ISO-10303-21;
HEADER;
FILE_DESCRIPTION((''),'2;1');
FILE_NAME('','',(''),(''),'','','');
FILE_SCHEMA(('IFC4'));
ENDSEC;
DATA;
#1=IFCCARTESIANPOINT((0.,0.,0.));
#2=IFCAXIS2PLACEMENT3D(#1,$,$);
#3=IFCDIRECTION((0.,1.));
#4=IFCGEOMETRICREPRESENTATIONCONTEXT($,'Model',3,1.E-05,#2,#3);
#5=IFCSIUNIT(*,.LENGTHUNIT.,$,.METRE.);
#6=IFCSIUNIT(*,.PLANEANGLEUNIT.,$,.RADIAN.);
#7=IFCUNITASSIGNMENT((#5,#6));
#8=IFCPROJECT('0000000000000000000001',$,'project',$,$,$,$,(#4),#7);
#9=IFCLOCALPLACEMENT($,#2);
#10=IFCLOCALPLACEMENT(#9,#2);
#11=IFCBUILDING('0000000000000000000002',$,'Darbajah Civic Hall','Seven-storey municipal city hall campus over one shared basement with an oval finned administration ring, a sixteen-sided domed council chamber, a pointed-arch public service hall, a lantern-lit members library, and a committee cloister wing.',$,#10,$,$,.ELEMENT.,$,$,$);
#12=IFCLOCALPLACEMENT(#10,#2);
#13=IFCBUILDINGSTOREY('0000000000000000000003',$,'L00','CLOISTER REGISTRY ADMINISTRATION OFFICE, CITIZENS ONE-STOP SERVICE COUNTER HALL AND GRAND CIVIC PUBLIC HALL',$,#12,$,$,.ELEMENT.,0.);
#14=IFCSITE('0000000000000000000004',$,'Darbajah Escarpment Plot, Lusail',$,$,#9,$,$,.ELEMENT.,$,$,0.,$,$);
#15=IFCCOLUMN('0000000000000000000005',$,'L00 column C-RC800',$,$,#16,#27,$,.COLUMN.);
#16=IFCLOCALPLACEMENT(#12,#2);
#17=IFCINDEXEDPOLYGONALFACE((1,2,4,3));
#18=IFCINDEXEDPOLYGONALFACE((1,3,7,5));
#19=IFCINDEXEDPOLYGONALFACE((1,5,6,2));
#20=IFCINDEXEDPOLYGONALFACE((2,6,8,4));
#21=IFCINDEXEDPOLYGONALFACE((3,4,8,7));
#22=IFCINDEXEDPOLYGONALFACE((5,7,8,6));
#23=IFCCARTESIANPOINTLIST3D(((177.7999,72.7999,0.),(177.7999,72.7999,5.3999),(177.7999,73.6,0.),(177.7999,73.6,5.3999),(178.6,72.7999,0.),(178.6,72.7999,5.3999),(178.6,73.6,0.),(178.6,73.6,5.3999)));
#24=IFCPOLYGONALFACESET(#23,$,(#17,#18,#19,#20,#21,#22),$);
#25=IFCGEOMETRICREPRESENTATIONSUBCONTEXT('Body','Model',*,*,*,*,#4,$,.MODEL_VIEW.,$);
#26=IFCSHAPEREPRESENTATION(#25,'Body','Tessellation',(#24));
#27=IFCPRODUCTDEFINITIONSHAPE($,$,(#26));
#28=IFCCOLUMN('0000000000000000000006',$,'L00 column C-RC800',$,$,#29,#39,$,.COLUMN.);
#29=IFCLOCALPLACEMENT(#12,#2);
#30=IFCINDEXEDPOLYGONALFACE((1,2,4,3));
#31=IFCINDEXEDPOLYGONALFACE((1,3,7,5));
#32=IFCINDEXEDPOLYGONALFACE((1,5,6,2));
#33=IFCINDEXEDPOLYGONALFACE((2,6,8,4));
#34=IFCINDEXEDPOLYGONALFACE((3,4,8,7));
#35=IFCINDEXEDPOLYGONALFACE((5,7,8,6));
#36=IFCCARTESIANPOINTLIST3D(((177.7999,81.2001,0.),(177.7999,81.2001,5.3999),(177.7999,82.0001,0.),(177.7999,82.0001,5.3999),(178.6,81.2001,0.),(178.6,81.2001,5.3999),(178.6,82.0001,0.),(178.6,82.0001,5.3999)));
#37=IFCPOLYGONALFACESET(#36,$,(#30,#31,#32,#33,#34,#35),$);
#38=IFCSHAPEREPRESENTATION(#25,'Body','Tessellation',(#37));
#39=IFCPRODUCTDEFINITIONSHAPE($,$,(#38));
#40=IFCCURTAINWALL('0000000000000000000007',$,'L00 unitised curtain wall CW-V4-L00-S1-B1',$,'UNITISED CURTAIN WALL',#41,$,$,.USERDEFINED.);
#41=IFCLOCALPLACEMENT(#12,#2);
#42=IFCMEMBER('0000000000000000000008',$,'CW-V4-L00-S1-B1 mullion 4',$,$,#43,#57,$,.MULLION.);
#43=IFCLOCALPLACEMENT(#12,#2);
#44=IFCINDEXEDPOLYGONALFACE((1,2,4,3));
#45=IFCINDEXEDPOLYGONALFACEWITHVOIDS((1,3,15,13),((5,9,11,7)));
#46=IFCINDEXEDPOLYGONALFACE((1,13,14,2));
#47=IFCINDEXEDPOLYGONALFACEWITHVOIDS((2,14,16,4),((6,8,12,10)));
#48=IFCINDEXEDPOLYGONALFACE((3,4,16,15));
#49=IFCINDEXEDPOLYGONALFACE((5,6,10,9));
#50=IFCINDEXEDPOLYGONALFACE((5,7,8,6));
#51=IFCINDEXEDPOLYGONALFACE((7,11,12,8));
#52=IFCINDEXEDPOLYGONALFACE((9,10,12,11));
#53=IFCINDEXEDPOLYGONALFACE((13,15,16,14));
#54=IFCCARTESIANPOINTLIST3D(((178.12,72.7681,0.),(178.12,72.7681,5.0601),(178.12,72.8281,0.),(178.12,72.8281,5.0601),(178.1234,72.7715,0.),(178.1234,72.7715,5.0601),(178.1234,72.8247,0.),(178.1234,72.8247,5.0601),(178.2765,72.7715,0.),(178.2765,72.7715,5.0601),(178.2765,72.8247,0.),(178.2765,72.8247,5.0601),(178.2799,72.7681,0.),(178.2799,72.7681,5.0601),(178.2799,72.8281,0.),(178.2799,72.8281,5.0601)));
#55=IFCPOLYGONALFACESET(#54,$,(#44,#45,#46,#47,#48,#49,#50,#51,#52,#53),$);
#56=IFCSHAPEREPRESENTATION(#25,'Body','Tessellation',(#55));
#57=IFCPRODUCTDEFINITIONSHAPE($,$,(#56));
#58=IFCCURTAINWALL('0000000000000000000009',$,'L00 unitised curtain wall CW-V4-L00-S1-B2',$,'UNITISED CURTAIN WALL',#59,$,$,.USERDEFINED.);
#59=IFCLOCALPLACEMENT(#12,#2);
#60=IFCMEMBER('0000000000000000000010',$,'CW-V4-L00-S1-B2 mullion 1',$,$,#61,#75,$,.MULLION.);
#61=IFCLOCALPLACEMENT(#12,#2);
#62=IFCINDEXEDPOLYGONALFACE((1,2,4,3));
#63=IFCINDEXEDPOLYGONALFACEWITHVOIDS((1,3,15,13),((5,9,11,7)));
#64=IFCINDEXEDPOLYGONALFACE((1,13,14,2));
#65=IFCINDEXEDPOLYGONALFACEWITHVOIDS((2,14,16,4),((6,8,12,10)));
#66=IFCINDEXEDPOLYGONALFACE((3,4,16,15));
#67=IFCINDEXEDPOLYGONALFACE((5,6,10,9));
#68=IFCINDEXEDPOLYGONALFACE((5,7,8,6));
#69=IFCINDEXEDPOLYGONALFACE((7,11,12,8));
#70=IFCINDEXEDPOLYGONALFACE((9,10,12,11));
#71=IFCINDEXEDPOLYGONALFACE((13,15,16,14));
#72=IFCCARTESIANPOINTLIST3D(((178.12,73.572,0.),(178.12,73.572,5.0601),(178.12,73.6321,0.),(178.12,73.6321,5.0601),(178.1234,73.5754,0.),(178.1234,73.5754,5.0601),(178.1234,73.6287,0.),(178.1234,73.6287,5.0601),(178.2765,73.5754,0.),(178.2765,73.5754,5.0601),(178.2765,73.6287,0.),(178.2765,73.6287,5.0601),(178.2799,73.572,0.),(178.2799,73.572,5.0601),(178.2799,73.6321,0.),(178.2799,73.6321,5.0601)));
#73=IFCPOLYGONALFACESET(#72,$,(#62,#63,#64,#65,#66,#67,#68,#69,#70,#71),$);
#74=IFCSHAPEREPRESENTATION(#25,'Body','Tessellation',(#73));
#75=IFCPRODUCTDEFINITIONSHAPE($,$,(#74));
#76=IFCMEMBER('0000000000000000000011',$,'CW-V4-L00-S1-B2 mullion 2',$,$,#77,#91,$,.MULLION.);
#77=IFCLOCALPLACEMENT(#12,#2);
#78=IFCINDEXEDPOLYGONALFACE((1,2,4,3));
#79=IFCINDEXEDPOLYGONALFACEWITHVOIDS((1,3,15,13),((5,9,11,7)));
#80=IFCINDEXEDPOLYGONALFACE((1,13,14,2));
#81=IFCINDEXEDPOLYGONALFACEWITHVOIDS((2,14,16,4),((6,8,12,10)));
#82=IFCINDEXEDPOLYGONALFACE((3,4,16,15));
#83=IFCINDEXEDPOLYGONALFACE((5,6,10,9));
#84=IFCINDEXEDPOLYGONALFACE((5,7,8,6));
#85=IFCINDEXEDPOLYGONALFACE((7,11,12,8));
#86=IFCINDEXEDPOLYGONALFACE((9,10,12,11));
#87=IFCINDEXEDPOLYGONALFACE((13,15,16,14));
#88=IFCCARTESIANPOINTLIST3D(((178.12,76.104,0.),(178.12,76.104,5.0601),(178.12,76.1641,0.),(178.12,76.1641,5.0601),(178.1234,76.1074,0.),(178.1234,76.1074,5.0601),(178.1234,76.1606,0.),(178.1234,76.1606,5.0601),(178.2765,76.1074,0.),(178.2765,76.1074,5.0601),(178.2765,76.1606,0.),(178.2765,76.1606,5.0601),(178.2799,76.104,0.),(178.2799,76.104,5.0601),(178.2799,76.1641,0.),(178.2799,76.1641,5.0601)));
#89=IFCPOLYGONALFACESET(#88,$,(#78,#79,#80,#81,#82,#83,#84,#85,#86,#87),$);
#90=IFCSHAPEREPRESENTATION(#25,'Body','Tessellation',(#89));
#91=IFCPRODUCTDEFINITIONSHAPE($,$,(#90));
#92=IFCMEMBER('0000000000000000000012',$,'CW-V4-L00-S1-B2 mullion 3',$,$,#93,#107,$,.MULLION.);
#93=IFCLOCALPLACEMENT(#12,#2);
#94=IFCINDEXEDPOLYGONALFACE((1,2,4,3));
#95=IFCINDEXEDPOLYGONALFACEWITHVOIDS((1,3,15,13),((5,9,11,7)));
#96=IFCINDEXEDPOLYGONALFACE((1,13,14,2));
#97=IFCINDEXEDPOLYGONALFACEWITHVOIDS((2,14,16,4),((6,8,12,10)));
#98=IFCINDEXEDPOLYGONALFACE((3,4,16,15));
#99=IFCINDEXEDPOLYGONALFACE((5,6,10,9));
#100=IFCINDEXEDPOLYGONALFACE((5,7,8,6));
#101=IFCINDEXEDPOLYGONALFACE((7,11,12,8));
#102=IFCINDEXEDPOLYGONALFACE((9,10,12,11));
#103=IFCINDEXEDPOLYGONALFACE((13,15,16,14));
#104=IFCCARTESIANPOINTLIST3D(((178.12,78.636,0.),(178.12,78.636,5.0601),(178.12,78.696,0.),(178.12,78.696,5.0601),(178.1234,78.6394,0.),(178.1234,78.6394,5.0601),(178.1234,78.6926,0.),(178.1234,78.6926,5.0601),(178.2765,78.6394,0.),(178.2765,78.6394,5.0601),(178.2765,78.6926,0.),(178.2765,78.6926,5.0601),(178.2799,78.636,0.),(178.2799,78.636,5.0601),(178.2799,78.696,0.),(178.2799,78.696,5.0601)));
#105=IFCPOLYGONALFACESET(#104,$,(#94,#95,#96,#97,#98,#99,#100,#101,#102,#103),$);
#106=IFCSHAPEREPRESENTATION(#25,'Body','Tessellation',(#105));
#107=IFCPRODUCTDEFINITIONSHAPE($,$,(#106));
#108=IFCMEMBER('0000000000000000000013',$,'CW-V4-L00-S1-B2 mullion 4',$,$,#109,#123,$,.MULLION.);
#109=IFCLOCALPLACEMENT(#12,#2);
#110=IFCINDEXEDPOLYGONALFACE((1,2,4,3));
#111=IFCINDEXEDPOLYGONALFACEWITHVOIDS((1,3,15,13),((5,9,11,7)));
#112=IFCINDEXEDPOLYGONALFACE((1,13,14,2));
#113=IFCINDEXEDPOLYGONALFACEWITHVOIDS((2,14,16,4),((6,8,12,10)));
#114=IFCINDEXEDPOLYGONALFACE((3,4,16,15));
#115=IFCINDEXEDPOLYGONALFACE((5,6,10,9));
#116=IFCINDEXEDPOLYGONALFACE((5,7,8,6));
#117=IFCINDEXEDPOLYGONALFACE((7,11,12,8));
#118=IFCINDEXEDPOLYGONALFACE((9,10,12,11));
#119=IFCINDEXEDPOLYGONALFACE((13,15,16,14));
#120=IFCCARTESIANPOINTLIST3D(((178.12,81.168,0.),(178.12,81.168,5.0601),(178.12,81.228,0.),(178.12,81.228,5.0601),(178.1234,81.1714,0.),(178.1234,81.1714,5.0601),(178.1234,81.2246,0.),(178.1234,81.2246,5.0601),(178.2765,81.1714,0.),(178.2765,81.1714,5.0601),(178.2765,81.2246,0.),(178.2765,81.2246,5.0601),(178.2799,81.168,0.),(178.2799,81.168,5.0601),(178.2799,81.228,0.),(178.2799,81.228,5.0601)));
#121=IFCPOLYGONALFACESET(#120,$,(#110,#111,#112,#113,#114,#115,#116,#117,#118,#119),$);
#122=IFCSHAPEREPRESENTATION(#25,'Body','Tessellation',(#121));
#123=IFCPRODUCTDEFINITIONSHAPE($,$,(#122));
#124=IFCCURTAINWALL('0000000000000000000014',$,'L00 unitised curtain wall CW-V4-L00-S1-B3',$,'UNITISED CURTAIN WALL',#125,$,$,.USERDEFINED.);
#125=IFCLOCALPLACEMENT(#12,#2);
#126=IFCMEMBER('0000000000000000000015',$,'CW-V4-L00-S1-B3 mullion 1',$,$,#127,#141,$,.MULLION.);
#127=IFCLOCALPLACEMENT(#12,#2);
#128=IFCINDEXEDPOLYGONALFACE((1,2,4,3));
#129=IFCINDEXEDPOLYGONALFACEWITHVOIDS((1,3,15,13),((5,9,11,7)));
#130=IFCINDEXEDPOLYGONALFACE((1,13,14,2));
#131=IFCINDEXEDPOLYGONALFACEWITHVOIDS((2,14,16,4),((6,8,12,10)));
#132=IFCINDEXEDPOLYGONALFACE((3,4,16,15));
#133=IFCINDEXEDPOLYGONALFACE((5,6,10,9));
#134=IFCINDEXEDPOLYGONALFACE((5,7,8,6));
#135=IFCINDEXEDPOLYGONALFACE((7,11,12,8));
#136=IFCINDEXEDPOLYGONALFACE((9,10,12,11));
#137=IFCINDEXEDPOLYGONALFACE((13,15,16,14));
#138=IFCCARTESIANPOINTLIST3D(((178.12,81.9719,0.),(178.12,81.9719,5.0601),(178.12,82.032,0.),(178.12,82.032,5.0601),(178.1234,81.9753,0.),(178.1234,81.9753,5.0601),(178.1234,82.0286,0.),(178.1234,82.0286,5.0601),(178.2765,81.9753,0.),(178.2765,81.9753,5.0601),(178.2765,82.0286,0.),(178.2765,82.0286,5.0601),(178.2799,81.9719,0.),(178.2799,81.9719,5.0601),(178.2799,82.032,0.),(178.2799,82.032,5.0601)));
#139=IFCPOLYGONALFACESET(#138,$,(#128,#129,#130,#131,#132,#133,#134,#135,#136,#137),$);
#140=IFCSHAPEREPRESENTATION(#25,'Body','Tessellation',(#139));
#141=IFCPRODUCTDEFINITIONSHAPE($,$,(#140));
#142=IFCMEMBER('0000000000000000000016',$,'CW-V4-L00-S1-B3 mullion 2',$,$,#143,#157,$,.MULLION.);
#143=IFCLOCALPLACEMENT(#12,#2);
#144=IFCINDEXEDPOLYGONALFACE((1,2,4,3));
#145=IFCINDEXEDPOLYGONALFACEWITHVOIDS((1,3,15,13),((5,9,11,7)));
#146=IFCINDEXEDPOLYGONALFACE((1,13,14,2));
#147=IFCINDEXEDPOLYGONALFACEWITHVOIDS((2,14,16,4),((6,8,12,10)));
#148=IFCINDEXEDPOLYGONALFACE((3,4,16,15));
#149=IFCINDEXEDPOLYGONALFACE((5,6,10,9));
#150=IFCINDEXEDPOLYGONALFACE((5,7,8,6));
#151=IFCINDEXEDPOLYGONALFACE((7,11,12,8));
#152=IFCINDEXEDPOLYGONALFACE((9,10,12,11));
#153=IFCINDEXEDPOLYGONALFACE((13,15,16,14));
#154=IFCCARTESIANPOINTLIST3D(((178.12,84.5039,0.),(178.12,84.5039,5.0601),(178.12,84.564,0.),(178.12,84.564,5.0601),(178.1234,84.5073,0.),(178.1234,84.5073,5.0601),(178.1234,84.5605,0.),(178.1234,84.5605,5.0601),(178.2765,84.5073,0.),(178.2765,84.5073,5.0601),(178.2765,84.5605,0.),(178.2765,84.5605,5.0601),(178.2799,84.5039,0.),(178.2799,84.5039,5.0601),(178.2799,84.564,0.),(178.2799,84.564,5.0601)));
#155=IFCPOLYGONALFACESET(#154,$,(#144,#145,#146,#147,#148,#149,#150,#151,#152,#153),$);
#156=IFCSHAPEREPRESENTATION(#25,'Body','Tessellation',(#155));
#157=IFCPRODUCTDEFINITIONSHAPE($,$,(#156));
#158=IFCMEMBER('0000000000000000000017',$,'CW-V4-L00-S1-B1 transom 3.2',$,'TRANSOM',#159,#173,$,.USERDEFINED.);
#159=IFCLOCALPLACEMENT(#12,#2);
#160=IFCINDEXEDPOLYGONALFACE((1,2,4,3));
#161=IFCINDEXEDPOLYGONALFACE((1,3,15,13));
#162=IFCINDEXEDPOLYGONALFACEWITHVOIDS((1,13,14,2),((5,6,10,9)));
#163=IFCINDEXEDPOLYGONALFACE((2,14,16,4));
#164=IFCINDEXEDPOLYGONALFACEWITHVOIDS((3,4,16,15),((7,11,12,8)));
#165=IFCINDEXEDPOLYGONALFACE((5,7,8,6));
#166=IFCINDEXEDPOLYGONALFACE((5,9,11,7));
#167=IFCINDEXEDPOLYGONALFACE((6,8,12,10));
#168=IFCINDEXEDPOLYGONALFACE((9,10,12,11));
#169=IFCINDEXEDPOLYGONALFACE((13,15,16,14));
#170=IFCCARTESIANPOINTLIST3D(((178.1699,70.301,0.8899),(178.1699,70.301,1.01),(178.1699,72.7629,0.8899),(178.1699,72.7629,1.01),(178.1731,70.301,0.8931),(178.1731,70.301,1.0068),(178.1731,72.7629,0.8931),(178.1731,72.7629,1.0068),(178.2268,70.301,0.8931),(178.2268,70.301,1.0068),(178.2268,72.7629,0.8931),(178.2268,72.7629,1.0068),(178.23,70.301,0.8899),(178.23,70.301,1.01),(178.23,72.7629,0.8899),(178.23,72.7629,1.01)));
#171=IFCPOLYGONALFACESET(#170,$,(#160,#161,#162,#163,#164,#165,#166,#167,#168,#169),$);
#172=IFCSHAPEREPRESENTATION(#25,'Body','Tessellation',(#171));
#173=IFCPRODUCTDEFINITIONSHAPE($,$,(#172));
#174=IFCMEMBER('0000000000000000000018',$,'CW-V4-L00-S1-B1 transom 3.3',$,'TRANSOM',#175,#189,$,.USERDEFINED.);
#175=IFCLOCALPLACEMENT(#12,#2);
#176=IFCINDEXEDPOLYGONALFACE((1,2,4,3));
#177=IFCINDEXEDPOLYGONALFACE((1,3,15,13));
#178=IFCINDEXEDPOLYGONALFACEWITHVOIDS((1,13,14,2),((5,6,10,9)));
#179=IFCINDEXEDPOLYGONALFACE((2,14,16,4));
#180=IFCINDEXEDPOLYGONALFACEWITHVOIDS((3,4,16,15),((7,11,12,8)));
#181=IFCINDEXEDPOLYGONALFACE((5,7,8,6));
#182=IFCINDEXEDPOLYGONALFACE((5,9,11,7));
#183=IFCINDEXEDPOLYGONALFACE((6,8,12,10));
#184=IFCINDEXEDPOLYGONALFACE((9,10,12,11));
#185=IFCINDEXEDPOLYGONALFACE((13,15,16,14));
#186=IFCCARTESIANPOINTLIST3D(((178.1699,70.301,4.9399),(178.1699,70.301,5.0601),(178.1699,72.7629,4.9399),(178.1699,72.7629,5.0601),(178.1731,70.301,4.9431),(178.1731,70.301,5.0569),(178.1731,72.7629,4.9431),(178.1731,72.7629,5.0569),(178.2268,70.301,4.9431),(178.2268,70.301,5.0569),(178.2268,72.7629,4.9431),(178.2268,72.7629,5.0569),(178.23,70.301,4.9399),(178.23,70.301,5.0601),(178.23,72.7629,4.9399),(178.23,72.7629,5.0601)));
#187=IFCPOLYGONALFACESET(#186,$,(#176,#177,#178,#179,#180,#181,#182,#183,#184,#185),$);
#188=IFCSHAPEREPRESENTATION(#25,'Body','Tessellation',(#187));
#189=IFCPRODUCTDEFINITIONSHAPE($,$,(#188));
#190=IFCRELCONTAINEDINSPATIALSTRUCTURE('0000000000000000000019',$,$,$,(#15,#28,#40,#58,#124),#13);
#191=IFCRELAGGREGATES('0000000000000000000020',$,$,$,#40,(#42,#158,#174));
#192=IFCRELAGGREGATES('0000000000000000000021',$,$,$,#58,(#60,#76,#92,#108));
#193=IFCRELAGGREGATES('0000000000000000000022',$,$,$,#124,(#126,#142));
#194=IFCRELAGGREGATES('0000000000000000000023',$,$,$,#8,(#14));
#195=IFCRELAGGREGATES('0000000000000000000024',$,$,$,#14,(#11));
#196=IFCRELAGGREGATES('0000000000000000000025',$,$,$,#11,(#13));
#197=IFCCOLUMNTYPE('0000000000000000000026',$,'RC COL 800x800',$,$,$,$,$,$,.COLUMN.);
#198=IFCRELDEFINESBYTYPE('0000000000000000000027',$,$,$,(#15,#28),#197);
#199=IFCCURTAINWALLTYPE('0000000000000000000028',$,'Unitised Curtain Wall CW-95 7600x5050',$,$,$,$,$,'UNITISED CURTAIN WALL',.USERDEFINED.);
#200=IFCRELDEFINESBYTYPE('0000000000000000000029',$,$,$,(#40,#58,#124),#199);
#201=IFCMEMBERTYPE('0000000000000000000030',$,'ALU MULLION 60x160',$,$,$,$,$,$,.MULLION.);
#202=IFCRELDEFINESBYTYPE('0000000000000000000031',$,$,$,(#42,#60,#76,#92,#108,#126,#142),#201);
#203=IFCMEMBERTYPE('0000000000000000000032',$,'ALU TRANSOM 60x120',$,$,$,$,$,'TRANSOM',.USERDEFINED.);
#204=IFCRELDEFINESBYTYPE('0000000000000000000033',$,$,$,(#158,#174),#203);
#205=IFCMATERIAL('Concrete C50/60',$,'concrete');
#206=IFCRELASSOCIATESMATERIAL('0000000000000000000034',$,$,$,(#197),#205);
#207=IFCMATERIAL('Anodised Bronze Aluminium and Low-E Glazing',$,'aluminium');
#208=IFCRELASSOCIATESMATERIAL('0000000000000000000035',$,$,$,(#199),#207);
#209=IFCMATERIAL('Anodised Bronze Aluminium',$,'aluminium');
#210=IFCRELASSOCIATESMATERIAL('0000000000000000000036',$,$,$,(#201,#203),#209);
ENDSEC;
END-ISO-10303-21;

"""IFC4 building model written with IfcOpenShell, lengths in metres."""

from ifc_helpers import new_model, si_unit, direction, frame, origin, origin_2d, place, context, subcontext, project, spatial, rectangle, hollow_rectangle, extrude, material, material_profile, profile_set, type_object, element, aggregate, save


model = new_model("IFC4")

# Units and contexts
model_context = context("Model", 3, precision=1e-05, world=origin(), true_north=direction((0.0, 1.0)))
body_context = subcontext(model_context, "Body", "Model", "MODEL_VIEW")
ifc_project = project(units=[si_unit("LENGTHUNIT", "METRE"), si_unit("PLANEANGLEUNIT", "RADIAN")], contexts=[model_context])

# Site, building, storey
site_placement = place(None, origin())
site = spatial("IfcSite", under=ifc_project, at=site_placement, Name="Darbajah Escarpment Plot, Lusail", CompositionType="ELEMENT", RefElevation=0.0)
building_placement = place(site_placement, origin())
building = spatial("IfcBuilding", under=site, at=building_placement, Name="Darbajah Civic Hall", Description="Seven-storey municipal city hall campus over one shared basement with an oval finned administration ring, a sixteen-sided domed council chamber, a pointed-arch public service hall, a lantern-lit members library, and a committee cloister wing.", CompositionType="ELEMENT")
storey_placement = place(building_placement, origin())
storey = spatial("IfcBuildingStorey", under=building, at=storey_placement, Name="L00", Description="CLOISTER REGISTRY ADMINISTRATION OFFICE, CITIZENS ONE-STOP SERVICE COUNTER HALL AND GRAND CIVIC PUBLIC HALL", CompositionType="ELEMENT", Elevation=0.0)

# Columns
ifc_material_1 = material(Name="Concrete C50/60", Category="concrete")
ifc_material_profile_1 = material_profile(ifc_material_1, rectangle(XDim=0.8, YDim=0.8, at=origin_2d()), Name="RC COL 800x800")
ifc_profile_set_1 = profile_set([ifc_material_profile_1], Name="Concrete C50/60")
column_type = type_object("IfcColumnType", Name="RC COL 800x800", PredefinedType="COLUMN", material=ifc_profile_set_1)
for number, where, z_axis, x_axis, name in (
    (1, (178.2, 73.2, 0.0), (0.0, 0.0, 1.0), (1.0, 0.0, 0.0), "L00 column C-RC800"),
    (2, (178.2, 81.6001, 0.0), (0.0, 0.0, 1.0), (1.0, 0.0, 0.0), "L00 column C-RC800"),
):
    element("IfcColumn", number, at=place(storey_placement, frame(where, z_axis=z_axis, x_axis=x_axis)), inside=storey, type_object=column_type, Name=name, PredefinedType="COLUMN", context=body_context, shape_type="SweptSolid", body=[
        extrude(rectangle(XDim=0.8, YDim=0.8, at=origin_2d()), origin(), (0.0, 0.0, 1.0), 5.3999),
    ])

# Curtain wall, member
ifc_material_2 = material(Name="Anodised Bronze Aluminium and Low-E Glazing", Category="aluminium")
curtain_wall_type = type_object("IfcCurtainWallType", Name="Unitised Curtain Wall CW-95 7600x5050", ElementType="UNITISED CURTAIN WALL", PredefinedType="USERDEFINED", material=ifc_material_2)
curtain_wall_1_placement = place(storey_placement, origin())
curtain_wall_1 = element("IfcCurtainWall", 3, at=curtain_wall_1_placement, inside=storey, type_object=curtain_wall_type, Name="L00 unitised curtain wall CW-V4-L00-S1-B1", ObjectType="UNITISED CURTAIN WALL", PredefinedType="USERDEFINED")
ifc_material_3 = material(Name="Anodised Bronze Aluminium", Category="aluminium")
ifc_material_profile_2 = material_profile(ifc_material_3, hollow_rectangle(XDim=0.0601, YDim=0.1599, WallThickness=0.0034, at=origin_2d()), Name="ALU MULLION 60x160")
ifc_profile_set_2 = profile_set([ifc_material_profile_2], Name="Anodised Bronze Aluminium")
member_type_1 = type_object("IfcMemberType", Name="ALU MULLION 60x160", PredefinedType="MULLION", material=ifc_profile_set_2)
member_1_placement = place(storey_placement, frame((178.2, 72.7981, 0.0), z_axis=(0.0, 0.0, 1.0), x_axis=(0.0, 1.0, 0.0)))
member_1 = element("IfcMember", 4, at=member_1_placement, type_object=member_type_1, Name="CW-V4-L00-S1-B1 mullion 4", PredefinedType="MULLION", context=body_context, shape_type="SweptSolid", body=[
    extrude(hollow_rectangle(XDim=0.0601, YDim=0.1599, WallThickness=0.0034, at=origin_2d()), origin(), (0.0, 0.0, 1.0), 5.0601),
])

# Curtain walls, members
curtain_wall_2_placement = place(storey_placement, origin())
curtain_wall_2 = element("IfcCurtainWall", 5, at=curtain_wall_2_placement, inside=storey, type_object=curtain_wall_type, Name="L00 unitised curtain wall CW-V4-L00-S1-B2", ObjectType="UNITISED CURTAIN WALL", PredefinedType="USERDEFINED")
member_2_placement = place(storey_placement, frame((178.2, 73.6021, 0.0), z_axis=(0.0, 0.0, 1.0), x_axis=(0.0, 1.0, 0.0)))
member_2 = element("IfcMember", 6, at=member_2_placement, type_object=member_type_1, Name="CW-V4-L00-S1-B2 mullion 1", PredefinedType="MULLION", context=body_context, shape_type="SweptSolid", body=[
    extrude(hollow_rectangle(XDim=0.0601, YDim=0.1599, WallThickness=0.0034, at=origin_2d()), origin(), (0.0, 0.0, 1.0), 5.0601),
])
member_3_placement = place(storey_placement, frame((178.2, 76.134, 0.0), z_axis=(0.0, 0.0, 1.0), x_axis=(0.0, 1.0, 0.0)))
member_3 = element("IfcMember", 7, at=member_3_placement, type_object=member_type_1, Name="CW-V4-L00-S1-B2 mullion 2", PredefinedType="MULLION", context=body_context, shape_type="SweptSolid", body=[
    extrude(hollow_rectangle(XDim=0.0601, YDim=0.1599, WallThickness=0.0034, at=origin_2d()), origin(), (0.0, 0.0, 1.0), 5.0601),
])
member_4_placement = place(storey_placement, frame((178.2, 78.666, 0.0), z_axis=(0.0, 0.0, 1.0), x_axis=(0.0, 1.0, 0.0)))
member_4 = element("IfcMember", 8, at=member_4_placement, type_object=member_type_1, Name="CW-V4-L00-S1-B2 mullion 3", PredefinedType="MULLION", context=body_context, shape_type="SweptSolid", body=[
    extrude(hollow_rectangle(XDim=0.0601, YDim=0.1599, WallThickness=0.0034, at=origin_2d()), origin(), (0.0, 0.0, 1.0), 5.0601),
])
member_5_placement = place(storey_placement, frame((178.2, 81.198, 0.0), z_axis=(0.0, 0.0, 1.0), x_axis=(0.0, 1.0, 0.0)))
member_5 = element("IfcMember", 9, at=member_5_placement, type_object=member_type_1, Name="CW-V4-L00-S1-B2 mullion 4", PredefinedType="MULLION", context=body_context, shape_type="SweptSolid", body=[
    extrude(hollow_rectangle(XDim=0.0601, YDim=0.1599, WallThickness=0.0034, at=origin_2d()), origin(), (0.0, 0.0, 1.0), 5.0601),
])
curtain_wall_3_placement = place(storey_placement, origin())
curtain_wall_3 = element("IfcCurtainWall", 10, at=curtain_wall_3_placement, inside=storey, type_object=curtain_wall_type, Name="L00 unitised curtain wall CW-V4-L00-S1-B3", ObjectType="UNITISED CURTAIN WALL", PredefinedType="USERDEFINED")
member_6_placement = place(storey_placement, frame((178.2, 82.002, 0.0), z_axis=(0.0, 0.0, 1.0), x_axis=(0.0, 1.0, 0.0)))
member_6 = element("IfcMember", 11, at=member_6_placement, type_object=member_type_1, Name="CW-V4-L00-S1-B3 mullion 1", PredefinedType="MULLION", context=body_context, shape_type="SweptSolid", body=[
    extrude(hollow_rectangle(XDim=0.0601, YDim=0.1599, WallThickness=0.0034, at=origin_2d()), origin(), (0.0, 0.0, 1.0), 5.0601),
])
member_7_placement = place(storey_placement, frame((178.2, 84.5339, 0.0), z_axis=(0.0, 0.0, 1.0), x_axis=(0.0, 1.0, 0.0)))
member_7 = element("IfcMember", 12, at=member_7_placement, type_object=member_type_1, Name="CW-V4-L00-S1-B3 mullion 2", PredefinedType="MULLION", context=body_context, shape_type="SweptSolid", body=[
    extrude(hollow_rectangle(XDim=0.0601, YDim=0.1599, WallThickness=0.0034, at=origin_2d()), origin(), (0.0, 0.0, 1.0), 5.0601),
])

# Members
ifc_material_profile_3 = material_profile(ifc_material_3, hollow_rectangle(XDim=0.0601, YDim=0.1201, WallThickness=0.0032, at=origin_2d()), Name="ALU TRANSOM 60x120")
ifc_profile_set_3 = profile_set([ifc_material_profile_3], Name="Anodised Bronze Aluminium")
member_type_2 = type_object("IfcMemberType", Name="ALU TRANSOM 60x120", ElementType="TRANSOM", PredefinedType="USERDEFINED", material=ifc_profile_set_3)
member_8_placement = place(storey_placement, frame((178.2, 70.301, 0.95), z_axis=(0.0, 1.0, 0.0), x_axis=(-1.0, 0.0, 0.0)))
member_8 = element("IfcMember", 13, at=member_8_placement, type_object=member_type_2, Name="CW-V4-L00-S1-B1 transom 3.2", ObjectType="TRANSOM", PredefinedType="USERDEFINED", context=body_context, shape_type="SweptSolid", body=[
    extrude(hollow_rectangle(XDim=0.0601, YDim=0.1201, WallThickness=0.0032, at=origin_2d()), origin(), (0.0, 0.0, 1.0), 2.4619),
])
member_9_placement = place(storey_placement, frame((178.2, 70.301, 5.0), z_axis=(0.0, 1.0, 0.0), x_axis=(-1.0, 0.0, 0.0)))
member_9 = element("IfcMember", 14, at=member_9_placement, type_object=member_type_2, Name="CW-V4-L00-S1-B1 transom 3.3", ObjectType="TRANSOM", PredefinedType="USERDEFINED", context=body_context, shape_type="SweptSolid", body=[
    extrude(hollow_rectangle(XDim=0.0601, YDim=0.1201, WallThickness=0.0032, at=origin_2d()), origin(), (0.0, 0.0, 1.0), 2.4619),
])

aggregate(curtain_wall_1, [member_1, member_8, member_9])
aggregate(curtain_wall_2, [member_2, member_3, member_4, member_5])
aggregate(curtain_wall_3, [member_6, member_7])

save(model, "model.ifc")
